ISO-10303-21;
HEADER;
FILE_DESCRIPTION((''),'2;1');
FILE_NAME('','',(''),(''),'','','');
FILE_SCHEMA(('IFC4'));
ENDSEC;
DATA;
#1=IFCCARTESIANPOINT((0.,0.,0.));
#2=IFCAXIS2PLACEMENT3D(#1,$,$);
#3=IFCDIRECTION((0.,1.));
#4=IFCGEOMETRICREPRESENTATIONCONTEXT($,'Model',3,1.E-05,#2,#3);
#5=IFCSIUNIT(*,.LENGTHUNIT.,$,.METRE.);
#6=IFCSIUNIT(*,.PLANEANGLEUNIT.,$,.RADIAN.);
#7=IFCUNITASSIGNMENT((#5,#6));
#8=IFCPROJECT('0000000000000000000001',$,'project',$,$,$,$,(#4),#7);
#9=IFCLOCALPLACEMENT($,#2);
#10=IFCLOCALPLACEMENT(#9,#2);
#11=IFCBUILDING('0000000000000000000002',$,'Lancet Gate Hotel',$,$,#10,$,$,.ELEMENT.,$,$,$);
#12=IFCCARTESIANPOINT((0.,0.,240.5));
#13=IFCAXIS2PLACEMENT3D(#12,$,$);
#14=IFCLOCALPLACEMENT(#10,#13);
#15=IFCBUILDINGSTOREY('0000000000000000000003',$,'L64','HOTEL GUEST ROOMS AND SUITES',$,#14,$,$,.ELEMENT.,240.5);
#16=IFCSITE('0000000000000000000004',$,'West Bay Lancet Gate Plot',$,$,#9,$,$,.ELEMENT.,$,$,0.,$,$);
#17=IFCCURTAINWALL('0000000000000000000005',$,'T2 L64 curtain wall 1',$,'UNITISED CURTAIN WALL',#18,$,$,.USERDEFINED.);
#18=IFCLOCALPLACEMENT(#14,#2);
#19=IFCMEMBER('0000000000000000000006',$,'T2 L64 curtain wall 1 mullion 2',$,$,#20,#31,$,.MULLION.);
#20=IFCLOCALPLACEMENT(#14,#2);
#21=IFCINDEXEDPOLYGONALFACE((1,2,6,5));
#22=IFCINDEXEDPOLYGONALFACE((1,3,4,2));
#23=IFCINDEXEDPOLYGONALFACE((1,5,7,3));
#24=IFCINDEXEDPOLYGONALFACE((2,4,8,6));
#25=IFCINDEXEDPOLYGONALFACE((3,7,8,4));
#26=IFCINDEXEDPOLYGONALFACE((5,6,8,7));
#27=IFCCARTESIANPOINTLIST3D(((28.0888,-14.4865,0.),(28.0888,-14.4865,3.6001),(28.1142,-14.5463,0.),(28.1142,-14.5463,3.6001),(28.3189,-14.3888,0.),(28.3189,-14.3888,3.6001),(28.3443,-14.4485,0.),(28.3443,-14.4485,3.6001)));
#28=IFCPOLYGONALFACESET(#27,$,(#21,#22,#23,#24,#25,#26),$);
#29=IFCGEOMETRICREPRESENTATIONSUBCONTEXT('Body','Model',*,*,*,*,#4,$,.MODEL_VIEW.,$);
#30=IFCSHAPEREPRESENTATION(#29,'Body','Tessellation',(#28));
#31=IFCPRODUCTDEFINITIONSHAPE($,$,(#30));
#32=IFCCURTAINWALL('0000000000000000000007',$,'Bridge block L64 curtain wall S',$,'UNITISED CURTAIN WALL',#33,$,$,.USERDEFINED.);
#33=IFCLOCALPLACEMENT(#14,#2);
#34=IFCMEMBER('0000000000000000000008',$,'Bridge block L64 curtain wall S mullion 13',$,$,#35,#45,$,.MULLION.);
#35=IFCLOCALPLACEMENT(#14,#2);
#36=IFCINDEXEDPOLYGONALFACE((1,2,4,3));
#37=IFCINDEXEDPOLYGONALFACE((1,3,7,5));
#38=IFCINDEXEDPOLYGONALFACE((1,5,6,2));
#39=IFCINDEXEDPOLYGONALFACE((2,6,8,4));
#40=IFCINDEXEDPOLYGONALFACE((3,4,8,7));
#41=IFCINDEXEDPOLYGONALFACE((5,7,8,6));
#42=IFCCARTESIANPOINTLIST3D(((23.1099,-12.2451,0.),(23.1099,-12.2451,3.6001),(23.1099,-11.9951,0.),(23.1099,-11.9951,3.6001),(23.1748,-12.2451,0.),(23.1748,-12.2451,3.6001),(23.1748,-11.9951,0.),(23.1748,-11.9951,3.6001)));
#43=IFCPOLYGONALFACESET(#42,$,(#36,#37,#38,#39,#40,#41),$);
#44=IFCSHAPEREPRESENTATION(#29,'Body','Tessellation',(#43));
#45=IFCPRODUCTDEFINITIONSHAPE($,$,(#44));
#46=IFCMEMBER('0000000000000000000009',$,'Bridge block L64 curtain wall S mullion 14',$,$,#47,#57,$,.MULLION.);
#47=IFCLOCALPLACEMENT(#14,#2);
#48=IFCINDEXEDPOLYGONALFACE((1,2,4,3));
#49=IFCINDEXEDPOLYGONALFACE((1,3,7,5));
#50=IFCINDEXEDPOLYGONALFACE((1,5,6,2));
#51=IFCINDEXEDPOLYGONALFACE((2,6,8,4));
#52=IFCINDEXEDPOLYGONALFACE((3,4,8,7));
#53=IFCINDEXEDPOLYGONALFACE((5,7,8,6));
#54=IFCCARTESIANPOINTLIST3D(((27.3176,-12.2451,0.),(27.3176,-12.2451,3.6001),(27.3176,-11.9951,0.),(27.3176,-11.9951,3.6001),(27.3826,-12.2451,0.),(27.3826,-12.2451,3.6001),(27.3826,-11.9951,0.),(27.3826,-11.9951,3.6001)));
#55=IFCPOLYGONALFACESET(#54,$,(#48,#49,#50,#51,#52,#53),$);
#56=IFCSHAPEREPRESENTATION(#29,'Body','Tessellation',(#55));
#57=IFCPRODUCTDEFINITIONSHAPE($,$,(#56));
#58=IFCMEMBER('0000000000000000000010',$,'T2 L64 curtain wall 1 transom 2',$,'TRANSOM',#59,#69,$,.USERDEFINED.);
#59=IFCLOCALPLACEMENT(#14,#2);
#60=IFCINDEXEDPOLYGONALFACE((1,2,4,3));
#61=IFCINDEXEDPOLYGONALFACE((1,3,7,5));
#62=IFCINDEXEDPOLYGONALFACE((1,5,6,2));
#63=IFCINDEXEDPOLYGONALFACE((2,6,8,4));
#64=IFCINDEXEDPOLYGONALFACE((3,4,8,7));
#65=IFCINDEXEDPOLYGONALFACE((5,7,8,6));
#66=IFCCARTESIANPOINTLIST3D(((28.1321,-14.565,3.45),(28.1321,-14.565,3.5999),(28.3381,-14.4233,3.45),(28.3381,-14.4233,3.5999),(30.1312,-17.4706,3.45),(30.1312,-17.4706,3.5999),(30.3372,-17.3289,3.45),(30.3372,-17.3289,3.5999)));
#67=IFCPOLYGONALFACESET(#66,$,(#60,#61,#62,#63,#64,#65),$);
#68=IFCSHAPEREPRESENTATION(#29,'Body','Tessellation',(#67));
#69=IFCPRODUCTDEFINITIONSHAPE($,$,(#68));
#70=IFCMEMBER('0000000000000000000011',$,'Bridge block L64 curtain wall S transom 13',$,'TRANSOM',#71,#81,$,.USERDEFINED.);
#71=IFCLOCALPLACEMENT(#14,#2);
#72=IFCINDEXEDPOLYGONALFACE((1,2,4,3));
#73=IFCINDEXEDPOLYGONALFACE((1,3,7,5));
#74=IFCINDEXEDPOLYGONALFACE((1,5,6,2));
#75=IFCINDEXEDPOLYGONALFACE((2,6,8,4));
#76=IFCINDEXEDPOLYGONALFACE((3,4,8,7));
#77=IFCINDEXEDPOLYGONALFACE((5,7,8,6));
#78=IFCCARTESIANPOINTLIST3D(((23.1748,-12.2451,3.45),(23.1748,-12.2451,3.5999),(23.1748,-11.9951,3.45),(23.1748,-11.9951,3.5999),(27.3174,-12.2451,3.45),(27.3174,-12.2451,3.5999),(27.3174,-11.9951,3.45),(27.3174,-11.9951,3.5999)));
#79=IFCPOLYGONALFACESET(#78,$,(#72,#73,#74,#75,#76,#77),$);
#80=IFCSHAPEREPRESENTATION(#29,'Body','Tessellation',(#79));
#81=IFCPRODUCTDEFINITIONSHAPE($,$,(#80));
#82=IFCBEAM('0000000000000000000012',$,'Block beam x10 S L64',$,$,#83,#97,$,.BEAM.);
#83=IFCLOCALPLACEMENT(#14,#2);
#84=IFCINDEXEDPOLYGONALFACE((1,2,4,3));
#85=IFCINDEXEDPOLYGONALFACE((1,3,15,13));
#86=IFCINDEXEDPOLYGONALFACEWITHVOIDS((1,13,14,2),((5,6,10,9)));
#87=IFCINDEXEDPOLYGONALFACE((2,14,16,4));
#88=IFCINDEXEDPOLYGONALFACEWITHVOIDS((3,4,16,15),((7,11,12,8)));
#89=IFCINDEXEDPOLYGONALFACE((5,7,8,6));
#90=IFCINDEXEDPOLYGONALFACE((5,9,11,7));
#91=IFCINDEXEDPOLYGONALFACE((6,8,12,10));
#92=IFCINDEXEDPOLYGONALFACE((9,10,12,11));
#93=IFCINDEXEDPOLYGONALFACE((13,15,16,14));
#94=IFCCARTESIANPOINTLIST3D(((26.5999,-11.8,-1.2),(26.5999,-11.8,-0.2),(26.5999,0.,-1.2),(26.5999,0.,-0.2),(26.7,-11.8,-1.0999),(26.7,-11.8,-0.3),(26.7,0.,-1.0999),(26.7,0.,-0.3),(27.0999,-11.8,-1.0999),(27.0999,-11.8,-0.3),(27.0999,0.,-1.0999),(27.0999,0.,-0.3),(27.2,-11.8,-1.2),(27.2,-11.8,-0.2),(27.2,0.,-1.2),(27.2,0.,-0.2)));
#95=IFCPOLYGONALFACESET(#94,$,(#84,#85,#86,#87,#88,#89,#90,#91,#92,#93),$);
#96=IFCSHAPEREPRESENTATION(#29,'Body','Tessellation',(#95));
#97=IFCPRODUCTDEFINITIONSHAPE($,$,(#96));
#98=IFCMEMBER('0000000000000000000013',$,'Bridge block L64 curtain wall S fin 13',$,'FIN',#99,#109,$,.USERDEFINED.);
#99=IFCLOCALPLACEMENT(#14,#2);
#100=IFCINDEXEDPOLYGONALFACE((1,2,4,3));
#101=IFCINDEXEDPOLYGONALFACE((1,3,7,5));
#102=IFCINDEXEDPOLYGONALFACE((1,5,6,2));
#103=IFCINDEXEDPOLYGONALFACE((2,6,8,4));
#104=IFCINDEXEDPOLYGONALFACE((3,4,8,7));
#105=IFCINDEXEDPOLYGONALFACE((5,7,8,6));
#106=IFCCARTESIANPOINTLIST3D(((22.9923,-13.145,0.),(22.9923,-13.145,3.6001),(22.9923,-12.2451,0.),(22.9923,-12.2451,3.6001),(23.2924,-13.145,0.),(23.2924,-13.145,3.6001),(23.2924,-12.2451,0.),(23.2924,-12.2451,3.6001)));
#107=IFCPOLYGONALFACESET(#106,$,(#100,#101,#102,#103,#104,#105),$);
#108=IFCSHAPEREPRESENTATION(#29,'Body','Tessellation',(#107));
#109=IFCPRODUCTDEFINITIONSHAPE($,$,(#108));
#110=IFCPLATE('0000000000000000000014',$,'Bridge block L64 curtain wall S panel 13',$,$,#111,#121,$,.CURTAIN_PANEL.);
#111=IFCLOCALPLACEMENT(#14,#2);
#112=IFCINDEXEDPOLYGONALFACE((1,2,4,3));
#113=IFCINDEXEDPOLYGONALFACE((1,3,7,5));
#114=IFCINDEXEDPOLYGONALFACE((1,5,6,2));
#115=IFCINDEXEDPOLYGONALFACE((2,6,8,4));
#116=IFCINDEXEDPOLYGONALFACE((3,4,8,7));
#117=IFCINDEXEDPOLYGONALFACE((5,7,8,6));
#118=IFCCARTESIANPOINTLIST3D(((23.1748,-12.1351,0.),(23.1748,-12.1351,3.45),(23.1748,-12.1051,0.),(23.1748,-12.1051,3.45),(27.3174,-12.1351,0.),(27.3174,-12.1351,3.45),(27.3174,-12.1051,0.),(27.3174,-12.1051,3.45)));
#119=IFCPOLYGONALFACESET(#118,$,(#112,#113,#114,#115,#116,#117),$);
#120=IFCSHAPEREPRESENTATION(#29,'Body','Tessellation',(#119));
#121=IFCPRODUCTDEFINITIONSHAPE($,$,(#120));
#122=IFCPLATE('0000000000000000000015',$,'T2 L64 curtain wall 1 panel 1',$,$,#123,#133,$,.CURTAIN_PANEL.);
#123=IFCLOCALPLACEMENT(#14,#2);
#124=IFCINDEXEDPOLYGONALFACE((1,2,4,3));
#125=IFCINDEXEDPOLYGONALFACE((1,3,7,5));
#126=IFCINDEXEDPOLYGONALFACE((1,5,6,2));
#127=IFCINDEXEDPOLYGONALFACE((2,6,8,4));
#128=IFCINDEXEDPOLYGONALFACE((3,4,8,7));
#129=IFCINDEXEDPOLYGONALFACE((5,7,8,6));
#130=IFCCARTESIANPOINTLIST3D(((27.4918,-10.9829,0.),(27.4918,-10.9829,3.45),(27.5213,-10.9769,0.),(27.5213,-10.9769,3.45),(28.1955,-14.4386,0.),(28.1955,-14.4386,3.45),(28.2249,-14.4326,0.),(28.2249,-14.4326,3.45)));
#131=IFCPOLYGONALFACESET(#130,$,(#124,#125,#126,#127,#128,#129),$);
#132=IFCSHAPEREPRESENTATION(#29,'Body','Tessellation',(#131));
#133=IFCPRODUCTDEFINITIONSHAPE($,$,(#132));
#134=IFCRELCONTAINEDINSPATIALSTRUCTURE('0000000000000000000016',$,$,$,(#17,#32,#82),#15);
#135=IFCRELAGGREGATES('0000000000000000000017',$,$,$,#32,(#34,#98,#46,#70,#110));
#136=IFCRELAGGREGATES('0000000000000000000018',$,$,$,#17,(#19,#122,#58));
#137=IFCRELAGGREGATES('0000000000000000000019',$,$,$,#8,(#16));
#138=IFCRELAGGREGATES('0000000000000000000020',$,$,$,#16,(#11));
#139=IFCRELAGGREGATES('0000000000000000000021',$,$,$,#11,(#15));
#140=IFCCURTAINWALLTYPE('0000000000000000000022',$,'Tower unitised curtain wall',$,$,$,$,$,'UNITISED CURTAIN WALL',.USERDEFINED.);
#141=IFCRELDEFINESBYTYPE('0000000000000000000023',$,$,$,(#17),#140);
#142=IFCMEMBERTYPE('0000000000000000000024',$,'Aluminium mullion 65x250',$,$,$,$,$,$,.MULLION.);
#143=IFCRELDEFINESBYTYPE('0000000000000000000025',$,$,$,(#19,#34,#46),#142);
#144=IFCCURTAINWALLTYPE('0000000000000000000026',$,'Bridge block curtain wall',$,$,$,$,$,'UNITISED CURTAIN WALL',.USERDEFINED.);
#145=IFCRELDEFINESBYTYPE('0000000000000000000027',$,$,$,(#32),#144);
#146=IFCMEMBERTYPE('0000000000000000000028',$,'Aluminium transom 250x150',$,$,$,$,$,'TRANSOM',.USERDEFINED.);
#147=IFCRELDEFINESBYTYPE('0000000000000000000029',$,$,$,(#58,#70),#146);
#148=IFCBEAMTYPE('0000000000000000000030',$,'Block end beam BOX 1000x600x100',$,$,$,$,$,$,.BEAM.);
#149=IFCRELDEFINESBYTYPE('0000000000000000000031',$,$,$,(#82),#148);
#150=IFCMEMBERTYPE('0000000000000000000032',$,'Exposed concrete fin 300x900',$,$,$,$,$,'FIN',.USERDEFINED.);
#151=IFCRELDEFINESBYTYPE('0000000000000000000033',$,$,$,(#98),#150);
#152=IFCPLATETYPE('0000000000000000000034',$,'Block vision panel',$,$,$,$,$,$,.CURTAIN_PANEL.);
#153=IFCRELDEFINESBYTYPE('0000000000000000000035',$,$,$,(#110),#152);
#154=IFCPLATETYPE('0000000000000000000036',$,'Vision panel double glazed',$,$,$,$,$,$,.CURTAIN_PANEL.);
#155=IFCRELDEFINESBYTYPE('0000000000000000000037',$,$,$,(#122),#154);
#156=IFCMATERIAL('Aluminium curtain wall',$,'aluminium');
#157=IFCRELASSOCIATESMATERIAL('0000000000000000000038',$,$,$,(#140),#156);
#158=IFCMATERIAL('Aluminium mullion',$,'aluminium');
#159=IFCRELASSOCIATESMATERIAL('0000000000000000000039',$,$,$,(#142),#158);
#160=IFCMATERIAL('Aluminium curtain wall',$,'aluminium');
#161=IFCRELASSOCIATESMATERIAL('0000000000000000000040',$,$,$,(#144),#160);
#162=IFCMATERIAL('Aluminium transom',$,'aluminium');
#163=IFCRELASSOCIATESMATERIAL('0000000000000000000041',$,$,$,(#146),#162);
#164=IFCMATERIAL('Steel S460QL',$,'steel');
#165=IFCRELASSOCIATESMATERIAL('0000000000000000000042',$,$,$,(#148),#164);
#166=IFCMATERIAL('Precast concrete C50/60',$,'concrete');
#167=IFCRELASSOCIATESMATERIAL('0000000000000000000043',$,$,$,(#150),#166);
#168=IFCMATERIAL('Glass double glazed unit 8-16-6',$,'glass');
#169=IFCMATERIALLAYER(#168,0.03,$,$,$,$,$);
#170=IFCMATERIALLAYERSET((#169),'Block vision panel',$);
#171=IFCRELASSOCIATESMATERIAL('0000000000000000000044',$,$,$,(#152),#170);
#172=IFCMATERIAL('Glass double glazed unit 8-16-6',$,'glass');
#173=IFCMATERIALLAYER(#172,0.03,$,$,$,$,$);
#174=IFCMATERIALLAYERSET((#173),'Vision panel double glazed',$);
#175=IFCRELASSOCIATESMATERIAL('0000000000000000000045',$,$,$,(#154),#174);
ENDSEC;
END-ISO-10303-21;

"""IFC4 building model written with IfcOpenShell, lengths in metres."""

from ifc_helpers import new_model, si_unit, direction, frame, origin, origin_2d, place, context, subcontext, project, spatial, rectangle, hollow_rectangle, extrude, material, layer, layer_set, material_profile, profile_set, type_object, element, aggregate, save


model = new_model("IFC4")

# Units and contexts
model_context = context("Model", 3, precision=1e-05, world=origin(), true_north=direction((0.0, 1.0)))
body_context = subcontext(model_context, "Body", "Model", "MODEL_VIEW")
ifc_project = project(units=[si_unit("LENGTHUNIT", "METRE"), si_unit("PLANEANGLEUNIT", "RADIAN")], contexts=[model_context])

# Site, building, storey
site_placement = place(None, origin())
site = spatial("IfcSite", under=ifc_project, at=site_placement, Name="West Bay Lancet Gate Plot", CompositionType="ELEMENT", RefElevation=0.0)
building_placement = place(site_placement, origin())
building = spatial("IfcBuilding", under=site, at=building_placement, Name="Lancet Gate Hotel", CompositionType="ELEMENT")
storey_placement = place(building_placement, frame((0.0, 0.0, 240.5)))
storey = spatial("IfcBuildingStorey", under=building, at=storey_placement, Name="L64", Description="HOTEL GUEST ROOMS AND SUITES", CompositionType="ELEMENT", Elevation=240.5)

# Curtain wall, member
ifc_material_1 = material(Name="Aluminium curtain wall", Category="aluminium")
curtain_wall_type_1 = type_object("IfcCurtainWallType", Name="Tower unitised curtain wall", ElementType="UNITISED CURTAIN WALL", PredefinedType="USERDEFINED", material=ifc_material_1)
curtain_wall_1_placement = place(storey_placement, origin())
curtain_wall_1 = element("IfcCurtainWall", 1, at=curtain_wall_1_placement, inside=storey, type_object=curtain_wall_type_1, Name="T2 L64 curtain wall 1", ObjectType="UNITISED CURTAIN WALL", PredefinedType="USERDEFINED")
ifc_material_2 = material(Name="Aluminium mullion", Category="aluminium")
ifc_material_profile_1 = material_profile(ifc_material_2, rectangle(XDim=0.0649, YDim=0.25, at=origin_2d()), Name="MULLION 65x250")
ifc_profile_set_1 = profile_set([ifc_material_profile_1], Name="Aluminium mullion")
member_type_1 = type_object("IfcMemberType", Name="Aluminium mullion 65x250", PredefinedType="MULLION", material=ifc_profile_set_1)
member_1_placement = place(storey_placement, frame((28.2166, -14.4675, 0.0), z_axis=(0.0, 0.0, 1.0), x_axis=(0.391042, -0.920373, 0.0)))
member_1 = element("IfcMember", 2, at=member_1_placement, type_object=member_type_1, Name="T2 L64 curtain wall 1 mullion 2", PredefinedType="MULLION", context=body_context, shape_type="SweptSolid", body=[
    extrude(rectangle(XDim=0.0649, YDim=0.25, at=origin_2d()), origin(), (0.0, 0.0, 1.0), 3.6001),
])

# Curtain wall, members
ifc_material_3 = material(Name="Aluminium curtain wall", Category="aluminium")
curtain_wall_type_2 = type_object("IfcCurtainWallType", Name="Bridge block curtain wall", ElementType="UNITISED CURTAIN WALL", PredefinedType="USERDEFINED", material=ifc_material_3)
curtain_wall_2_placement = place(storey_placement, origin())
curtain_wall_2 = element("IfcCurtainWall", 3, at=curtain_wall_2_placement, inside=storey, type_object=curtain_wall_type_2, Name="Bridge block L64 curtain wall S", ObjectType="UNITISED CURTAIN WALL", PredefinedType="USERDEFINED")
member_2_placement = place(storey_placement, frame((23.1423, -12.1201, 0.0), z_axis=(0.0, 0.0, 1.0), x_axis=(1.0, 0.0, 0.0)))
member_2 = element("IfcMember", 4, at=member_2_placement, type_object=member_type_1, Name="Bridge block L64 curtain wall S mullion 13", PredefinedType="MULLION", context=body_context, shape_type="SweptSolid", body=[
    extrude(rectangle(XDim=0.0649, YDim=0.25, at=origin_2d()), origin(), (0.0, 0.0, 1.0), 3.6001),
])
member_3_placement = place(storey_placement, frame((27.3501, -12.1201, 0.0), z_axis=(0.0, 0.0, 1.0), x_axis=(1.0, 0.0, 0.0)))
member_3 = element("IfcMember", 5, at=member_3_placement, type_object=member_type_1, Name="Bridge block L64 curtain wall S mullion 14", PredefinedType="MULLION", context=body_context, shape_type="SweptSolid", body=[
    extrude(rectangle(XDim=0.0649, YDim=0.25, at=origin_2d()), origin(), (0.0, 0.0, 1.0), 3.6001),
])

# Members
ifc_material_4 = material(Name="Aluminium transom", Category="aluminium")
ifc_material_profile_2 = material_profile(ifc_material_4, rectangle(XDim=0.25, YDim=0.1499, at=origin_2d()), Name="TRANSOM 250x150")
ifc_profile_set_2 = profile_set([ifc_material_profile_2], Name="Aluminium transom")
member_type_2 = type_object("IfcMemberType", Name="Aluminium transom 250x150", ElementType="TRANSOM", PredefinedType="USERDEFINED", material=ifc_profile_set_2)
member_4_placement = place(storey_placement, frame((28.2351, -14.4941, 3.5249), z_axis=(0.566814, -0.823846, 0.0), x_axis=(0.823846, 0.566814, 0.0)))
member_4 = element("IfcMember", 6, at=member_4_placement, type_object=member_type_2, Name="T2 L64 curtain wall 1 transom 2", ObjectType="TRANSOM", PredefinedType="USERDEFINED", context=body_context, shape_type="SweptSolid", body=[
    extrude(rectangle(XDim=0.25, YDim=0.1499, at=origin_2d()), origin(), (0.0, 0.0, 1.0), 3.5269),
])
member_5_placement = place(storey_placement, frame((23.1748, -12.1201, 3.5249), z_axis=(1.0, 0.0, 0.0), x_axis=(0.0, 1.0, 0.0)))
member_5 = element("IfcMember", 7, at=member_5_placement, type_object=member_type_2, Name="Bridge block L64 curtain wall S transom 13", ObjectType="TRANSOM", PredefinedType="USERDEFINED", context=body_context, shape_type="SweptSolid", body=[
    extrude(rectangle(XDim=0.25, YDim=0.1499, at=origin_2d()), origin(), (0.0, 0.0, 1.0), 4.1426),
])

# Beam
ifc_material_5 = material(Name="Steel S460QL", Category="steel")
ifc_material_profile_3 = material_profile(ifc_material_5, hollow_rectangle(XDim=0.6001, YDim=1.0, WallThickness=0.1001, at=origin_2d()), Name="BOX 1000x600x100")
ifc_profile_set_3 = profile_set([ifc_material_profile_3], Name="Steel S460QL")
beam_type = type_object("IfcBeamType", Name="Block end beam BOX 1000x600x100", PredefinedType="BEAM", material=ifc_profile_set_3)
beam_placement = place(storey_placement, frame((26.8999, -11.8, -0.7), z_axis=(0.0, 1.0, 0.0), x_axis=(-1.0, 0.0, 0.0)))
element("IfcBeam", 8, at=beam_placement, inside=storey, type_object=beam_type, Name="Block beam x10 S L64", PredefinedType="BEAM", context=body_context, shape_type="SweptSolid", body=[
    extrude(hollow_rectangle(XDim=0.6001, YDim=1.0, WallThickness=0.1001, at=origin_2d()), origin(), (0.0, 0.0, 1.0), 11.8),
])

# Member
ifc_material_6 = material(Name="Precast concrete C50/60", Category="concrete")
ifc_material_profile_4 = material_profile(ifc_material_6, rectangle(XDim=0.3, YDim=0.8999, at=origin_2d()), Name="FIN 300x900")
ifc_profile_set_4 = profile_set([ifc_material_profile_4], Name="Precast concrete C50/60")
member_type_3 = type_object("IfcMemberType", Name="Exposed concrete fin 300x900", ElementType="FIN", PredefinedType="USERDEFINED", material=ifc_profile_set_4)
member_6_placement = place(storey_placement, frame((23.1423, -12.6951, 0.0), z_axis=(0.0, 0.0, 1.0), x_axis=(1.0, 0.0, 0.0)))
member_6 = element("IfcMember", 9, at=member_6_placement, type_object=member_type_3, Name="Bridge block L64 curtain wall S fin 13", ObjectType="FIN", PredefinedType="USERDEFINED", context=body_context, shape_type="SweptSolid", body=[
    extrude(rectangle(XDim=0.3, YDim=0.8999, at=origin_2d()), origin(), (0.0, 0.0, 1.0), 3.6001),
])

# Plates
ifc_material_7 = material(Name="Glass double glazed unit 8-16-6", Category="glass")
ifc_layer_1 = layer(ifc_material_7, 0.03)
ifc_layer_set_1 = layer_set([ifc_layer_1], Name="Block vision panel")
plate_type_1 = type_object("IfcPlateType", Name="Block vision panel", PredefinedType="CURTAIN_PANEL", material=ifc_layer_set_1)
plate_1_placement = place(storey_placement, frame((25.2461, -12.1201, 0.0), z_axis=(0.0, 0.0, 1.0), x_axis=(1.0, 0.0, 0.0)))
plate_1 = element("IfcPlate", 10, at=plate_1_placement, type_object=plate_type_1, Name="Bridge block L64 curtain wall S panel 13", PredefinedType="CURTAIN_PANEL", context=body_context, shape_type="SweptSolid", body=[
    extrude(rectangle(XDim=4.1426, YDim=0.03, at=origin_2d()), origin(), (0.0, 0.0, 1.0), 3.45),
])
aggregate(curtain_wall_2, [member_2, member_6, member_3, member_5, plate_1])
ifc_material_8 = material(Name="Glass double glazed unit 8-16-6", Category="glass")
ifc_layer_2 = layer(ifc_material_8, 0.03)
ifc_layer_set_2 = layer_set([ifc_layer_2], Name="Vision panel double glazed")
plate_type_2 = type_object("IfcPlateType", Name="Vision panel double glazed", PredefinedType="CURTAIN_PANEL", material=ifc_layer_set_2)
plate_2_placement = place(storey_placement, frame((27.8584, -12.7078, 0.0), z_axis=(0.0, 0.0, 1.0), x_axis=(0.199533, -0.979891, 0.0)))
plate_2 = element("IfcPlate", 11, at=plate_2_placement, type_object=plate_type_2, Name="T2 L64 curtain wall 1 panel 1", PredefinedType="CURTAIN_PANEL", context=body_context, shape_type="SweptSolid", body=[
    extrude(rectangle(XDim=3.5266, YDim=0.03, at=origin_2d()), origin(), (0.0, 0.0, 1.0), 3.45),
])
aggregate(curtain_wall_1, [member_1, plate_2, member_4])

save(model, "model.ifc")
